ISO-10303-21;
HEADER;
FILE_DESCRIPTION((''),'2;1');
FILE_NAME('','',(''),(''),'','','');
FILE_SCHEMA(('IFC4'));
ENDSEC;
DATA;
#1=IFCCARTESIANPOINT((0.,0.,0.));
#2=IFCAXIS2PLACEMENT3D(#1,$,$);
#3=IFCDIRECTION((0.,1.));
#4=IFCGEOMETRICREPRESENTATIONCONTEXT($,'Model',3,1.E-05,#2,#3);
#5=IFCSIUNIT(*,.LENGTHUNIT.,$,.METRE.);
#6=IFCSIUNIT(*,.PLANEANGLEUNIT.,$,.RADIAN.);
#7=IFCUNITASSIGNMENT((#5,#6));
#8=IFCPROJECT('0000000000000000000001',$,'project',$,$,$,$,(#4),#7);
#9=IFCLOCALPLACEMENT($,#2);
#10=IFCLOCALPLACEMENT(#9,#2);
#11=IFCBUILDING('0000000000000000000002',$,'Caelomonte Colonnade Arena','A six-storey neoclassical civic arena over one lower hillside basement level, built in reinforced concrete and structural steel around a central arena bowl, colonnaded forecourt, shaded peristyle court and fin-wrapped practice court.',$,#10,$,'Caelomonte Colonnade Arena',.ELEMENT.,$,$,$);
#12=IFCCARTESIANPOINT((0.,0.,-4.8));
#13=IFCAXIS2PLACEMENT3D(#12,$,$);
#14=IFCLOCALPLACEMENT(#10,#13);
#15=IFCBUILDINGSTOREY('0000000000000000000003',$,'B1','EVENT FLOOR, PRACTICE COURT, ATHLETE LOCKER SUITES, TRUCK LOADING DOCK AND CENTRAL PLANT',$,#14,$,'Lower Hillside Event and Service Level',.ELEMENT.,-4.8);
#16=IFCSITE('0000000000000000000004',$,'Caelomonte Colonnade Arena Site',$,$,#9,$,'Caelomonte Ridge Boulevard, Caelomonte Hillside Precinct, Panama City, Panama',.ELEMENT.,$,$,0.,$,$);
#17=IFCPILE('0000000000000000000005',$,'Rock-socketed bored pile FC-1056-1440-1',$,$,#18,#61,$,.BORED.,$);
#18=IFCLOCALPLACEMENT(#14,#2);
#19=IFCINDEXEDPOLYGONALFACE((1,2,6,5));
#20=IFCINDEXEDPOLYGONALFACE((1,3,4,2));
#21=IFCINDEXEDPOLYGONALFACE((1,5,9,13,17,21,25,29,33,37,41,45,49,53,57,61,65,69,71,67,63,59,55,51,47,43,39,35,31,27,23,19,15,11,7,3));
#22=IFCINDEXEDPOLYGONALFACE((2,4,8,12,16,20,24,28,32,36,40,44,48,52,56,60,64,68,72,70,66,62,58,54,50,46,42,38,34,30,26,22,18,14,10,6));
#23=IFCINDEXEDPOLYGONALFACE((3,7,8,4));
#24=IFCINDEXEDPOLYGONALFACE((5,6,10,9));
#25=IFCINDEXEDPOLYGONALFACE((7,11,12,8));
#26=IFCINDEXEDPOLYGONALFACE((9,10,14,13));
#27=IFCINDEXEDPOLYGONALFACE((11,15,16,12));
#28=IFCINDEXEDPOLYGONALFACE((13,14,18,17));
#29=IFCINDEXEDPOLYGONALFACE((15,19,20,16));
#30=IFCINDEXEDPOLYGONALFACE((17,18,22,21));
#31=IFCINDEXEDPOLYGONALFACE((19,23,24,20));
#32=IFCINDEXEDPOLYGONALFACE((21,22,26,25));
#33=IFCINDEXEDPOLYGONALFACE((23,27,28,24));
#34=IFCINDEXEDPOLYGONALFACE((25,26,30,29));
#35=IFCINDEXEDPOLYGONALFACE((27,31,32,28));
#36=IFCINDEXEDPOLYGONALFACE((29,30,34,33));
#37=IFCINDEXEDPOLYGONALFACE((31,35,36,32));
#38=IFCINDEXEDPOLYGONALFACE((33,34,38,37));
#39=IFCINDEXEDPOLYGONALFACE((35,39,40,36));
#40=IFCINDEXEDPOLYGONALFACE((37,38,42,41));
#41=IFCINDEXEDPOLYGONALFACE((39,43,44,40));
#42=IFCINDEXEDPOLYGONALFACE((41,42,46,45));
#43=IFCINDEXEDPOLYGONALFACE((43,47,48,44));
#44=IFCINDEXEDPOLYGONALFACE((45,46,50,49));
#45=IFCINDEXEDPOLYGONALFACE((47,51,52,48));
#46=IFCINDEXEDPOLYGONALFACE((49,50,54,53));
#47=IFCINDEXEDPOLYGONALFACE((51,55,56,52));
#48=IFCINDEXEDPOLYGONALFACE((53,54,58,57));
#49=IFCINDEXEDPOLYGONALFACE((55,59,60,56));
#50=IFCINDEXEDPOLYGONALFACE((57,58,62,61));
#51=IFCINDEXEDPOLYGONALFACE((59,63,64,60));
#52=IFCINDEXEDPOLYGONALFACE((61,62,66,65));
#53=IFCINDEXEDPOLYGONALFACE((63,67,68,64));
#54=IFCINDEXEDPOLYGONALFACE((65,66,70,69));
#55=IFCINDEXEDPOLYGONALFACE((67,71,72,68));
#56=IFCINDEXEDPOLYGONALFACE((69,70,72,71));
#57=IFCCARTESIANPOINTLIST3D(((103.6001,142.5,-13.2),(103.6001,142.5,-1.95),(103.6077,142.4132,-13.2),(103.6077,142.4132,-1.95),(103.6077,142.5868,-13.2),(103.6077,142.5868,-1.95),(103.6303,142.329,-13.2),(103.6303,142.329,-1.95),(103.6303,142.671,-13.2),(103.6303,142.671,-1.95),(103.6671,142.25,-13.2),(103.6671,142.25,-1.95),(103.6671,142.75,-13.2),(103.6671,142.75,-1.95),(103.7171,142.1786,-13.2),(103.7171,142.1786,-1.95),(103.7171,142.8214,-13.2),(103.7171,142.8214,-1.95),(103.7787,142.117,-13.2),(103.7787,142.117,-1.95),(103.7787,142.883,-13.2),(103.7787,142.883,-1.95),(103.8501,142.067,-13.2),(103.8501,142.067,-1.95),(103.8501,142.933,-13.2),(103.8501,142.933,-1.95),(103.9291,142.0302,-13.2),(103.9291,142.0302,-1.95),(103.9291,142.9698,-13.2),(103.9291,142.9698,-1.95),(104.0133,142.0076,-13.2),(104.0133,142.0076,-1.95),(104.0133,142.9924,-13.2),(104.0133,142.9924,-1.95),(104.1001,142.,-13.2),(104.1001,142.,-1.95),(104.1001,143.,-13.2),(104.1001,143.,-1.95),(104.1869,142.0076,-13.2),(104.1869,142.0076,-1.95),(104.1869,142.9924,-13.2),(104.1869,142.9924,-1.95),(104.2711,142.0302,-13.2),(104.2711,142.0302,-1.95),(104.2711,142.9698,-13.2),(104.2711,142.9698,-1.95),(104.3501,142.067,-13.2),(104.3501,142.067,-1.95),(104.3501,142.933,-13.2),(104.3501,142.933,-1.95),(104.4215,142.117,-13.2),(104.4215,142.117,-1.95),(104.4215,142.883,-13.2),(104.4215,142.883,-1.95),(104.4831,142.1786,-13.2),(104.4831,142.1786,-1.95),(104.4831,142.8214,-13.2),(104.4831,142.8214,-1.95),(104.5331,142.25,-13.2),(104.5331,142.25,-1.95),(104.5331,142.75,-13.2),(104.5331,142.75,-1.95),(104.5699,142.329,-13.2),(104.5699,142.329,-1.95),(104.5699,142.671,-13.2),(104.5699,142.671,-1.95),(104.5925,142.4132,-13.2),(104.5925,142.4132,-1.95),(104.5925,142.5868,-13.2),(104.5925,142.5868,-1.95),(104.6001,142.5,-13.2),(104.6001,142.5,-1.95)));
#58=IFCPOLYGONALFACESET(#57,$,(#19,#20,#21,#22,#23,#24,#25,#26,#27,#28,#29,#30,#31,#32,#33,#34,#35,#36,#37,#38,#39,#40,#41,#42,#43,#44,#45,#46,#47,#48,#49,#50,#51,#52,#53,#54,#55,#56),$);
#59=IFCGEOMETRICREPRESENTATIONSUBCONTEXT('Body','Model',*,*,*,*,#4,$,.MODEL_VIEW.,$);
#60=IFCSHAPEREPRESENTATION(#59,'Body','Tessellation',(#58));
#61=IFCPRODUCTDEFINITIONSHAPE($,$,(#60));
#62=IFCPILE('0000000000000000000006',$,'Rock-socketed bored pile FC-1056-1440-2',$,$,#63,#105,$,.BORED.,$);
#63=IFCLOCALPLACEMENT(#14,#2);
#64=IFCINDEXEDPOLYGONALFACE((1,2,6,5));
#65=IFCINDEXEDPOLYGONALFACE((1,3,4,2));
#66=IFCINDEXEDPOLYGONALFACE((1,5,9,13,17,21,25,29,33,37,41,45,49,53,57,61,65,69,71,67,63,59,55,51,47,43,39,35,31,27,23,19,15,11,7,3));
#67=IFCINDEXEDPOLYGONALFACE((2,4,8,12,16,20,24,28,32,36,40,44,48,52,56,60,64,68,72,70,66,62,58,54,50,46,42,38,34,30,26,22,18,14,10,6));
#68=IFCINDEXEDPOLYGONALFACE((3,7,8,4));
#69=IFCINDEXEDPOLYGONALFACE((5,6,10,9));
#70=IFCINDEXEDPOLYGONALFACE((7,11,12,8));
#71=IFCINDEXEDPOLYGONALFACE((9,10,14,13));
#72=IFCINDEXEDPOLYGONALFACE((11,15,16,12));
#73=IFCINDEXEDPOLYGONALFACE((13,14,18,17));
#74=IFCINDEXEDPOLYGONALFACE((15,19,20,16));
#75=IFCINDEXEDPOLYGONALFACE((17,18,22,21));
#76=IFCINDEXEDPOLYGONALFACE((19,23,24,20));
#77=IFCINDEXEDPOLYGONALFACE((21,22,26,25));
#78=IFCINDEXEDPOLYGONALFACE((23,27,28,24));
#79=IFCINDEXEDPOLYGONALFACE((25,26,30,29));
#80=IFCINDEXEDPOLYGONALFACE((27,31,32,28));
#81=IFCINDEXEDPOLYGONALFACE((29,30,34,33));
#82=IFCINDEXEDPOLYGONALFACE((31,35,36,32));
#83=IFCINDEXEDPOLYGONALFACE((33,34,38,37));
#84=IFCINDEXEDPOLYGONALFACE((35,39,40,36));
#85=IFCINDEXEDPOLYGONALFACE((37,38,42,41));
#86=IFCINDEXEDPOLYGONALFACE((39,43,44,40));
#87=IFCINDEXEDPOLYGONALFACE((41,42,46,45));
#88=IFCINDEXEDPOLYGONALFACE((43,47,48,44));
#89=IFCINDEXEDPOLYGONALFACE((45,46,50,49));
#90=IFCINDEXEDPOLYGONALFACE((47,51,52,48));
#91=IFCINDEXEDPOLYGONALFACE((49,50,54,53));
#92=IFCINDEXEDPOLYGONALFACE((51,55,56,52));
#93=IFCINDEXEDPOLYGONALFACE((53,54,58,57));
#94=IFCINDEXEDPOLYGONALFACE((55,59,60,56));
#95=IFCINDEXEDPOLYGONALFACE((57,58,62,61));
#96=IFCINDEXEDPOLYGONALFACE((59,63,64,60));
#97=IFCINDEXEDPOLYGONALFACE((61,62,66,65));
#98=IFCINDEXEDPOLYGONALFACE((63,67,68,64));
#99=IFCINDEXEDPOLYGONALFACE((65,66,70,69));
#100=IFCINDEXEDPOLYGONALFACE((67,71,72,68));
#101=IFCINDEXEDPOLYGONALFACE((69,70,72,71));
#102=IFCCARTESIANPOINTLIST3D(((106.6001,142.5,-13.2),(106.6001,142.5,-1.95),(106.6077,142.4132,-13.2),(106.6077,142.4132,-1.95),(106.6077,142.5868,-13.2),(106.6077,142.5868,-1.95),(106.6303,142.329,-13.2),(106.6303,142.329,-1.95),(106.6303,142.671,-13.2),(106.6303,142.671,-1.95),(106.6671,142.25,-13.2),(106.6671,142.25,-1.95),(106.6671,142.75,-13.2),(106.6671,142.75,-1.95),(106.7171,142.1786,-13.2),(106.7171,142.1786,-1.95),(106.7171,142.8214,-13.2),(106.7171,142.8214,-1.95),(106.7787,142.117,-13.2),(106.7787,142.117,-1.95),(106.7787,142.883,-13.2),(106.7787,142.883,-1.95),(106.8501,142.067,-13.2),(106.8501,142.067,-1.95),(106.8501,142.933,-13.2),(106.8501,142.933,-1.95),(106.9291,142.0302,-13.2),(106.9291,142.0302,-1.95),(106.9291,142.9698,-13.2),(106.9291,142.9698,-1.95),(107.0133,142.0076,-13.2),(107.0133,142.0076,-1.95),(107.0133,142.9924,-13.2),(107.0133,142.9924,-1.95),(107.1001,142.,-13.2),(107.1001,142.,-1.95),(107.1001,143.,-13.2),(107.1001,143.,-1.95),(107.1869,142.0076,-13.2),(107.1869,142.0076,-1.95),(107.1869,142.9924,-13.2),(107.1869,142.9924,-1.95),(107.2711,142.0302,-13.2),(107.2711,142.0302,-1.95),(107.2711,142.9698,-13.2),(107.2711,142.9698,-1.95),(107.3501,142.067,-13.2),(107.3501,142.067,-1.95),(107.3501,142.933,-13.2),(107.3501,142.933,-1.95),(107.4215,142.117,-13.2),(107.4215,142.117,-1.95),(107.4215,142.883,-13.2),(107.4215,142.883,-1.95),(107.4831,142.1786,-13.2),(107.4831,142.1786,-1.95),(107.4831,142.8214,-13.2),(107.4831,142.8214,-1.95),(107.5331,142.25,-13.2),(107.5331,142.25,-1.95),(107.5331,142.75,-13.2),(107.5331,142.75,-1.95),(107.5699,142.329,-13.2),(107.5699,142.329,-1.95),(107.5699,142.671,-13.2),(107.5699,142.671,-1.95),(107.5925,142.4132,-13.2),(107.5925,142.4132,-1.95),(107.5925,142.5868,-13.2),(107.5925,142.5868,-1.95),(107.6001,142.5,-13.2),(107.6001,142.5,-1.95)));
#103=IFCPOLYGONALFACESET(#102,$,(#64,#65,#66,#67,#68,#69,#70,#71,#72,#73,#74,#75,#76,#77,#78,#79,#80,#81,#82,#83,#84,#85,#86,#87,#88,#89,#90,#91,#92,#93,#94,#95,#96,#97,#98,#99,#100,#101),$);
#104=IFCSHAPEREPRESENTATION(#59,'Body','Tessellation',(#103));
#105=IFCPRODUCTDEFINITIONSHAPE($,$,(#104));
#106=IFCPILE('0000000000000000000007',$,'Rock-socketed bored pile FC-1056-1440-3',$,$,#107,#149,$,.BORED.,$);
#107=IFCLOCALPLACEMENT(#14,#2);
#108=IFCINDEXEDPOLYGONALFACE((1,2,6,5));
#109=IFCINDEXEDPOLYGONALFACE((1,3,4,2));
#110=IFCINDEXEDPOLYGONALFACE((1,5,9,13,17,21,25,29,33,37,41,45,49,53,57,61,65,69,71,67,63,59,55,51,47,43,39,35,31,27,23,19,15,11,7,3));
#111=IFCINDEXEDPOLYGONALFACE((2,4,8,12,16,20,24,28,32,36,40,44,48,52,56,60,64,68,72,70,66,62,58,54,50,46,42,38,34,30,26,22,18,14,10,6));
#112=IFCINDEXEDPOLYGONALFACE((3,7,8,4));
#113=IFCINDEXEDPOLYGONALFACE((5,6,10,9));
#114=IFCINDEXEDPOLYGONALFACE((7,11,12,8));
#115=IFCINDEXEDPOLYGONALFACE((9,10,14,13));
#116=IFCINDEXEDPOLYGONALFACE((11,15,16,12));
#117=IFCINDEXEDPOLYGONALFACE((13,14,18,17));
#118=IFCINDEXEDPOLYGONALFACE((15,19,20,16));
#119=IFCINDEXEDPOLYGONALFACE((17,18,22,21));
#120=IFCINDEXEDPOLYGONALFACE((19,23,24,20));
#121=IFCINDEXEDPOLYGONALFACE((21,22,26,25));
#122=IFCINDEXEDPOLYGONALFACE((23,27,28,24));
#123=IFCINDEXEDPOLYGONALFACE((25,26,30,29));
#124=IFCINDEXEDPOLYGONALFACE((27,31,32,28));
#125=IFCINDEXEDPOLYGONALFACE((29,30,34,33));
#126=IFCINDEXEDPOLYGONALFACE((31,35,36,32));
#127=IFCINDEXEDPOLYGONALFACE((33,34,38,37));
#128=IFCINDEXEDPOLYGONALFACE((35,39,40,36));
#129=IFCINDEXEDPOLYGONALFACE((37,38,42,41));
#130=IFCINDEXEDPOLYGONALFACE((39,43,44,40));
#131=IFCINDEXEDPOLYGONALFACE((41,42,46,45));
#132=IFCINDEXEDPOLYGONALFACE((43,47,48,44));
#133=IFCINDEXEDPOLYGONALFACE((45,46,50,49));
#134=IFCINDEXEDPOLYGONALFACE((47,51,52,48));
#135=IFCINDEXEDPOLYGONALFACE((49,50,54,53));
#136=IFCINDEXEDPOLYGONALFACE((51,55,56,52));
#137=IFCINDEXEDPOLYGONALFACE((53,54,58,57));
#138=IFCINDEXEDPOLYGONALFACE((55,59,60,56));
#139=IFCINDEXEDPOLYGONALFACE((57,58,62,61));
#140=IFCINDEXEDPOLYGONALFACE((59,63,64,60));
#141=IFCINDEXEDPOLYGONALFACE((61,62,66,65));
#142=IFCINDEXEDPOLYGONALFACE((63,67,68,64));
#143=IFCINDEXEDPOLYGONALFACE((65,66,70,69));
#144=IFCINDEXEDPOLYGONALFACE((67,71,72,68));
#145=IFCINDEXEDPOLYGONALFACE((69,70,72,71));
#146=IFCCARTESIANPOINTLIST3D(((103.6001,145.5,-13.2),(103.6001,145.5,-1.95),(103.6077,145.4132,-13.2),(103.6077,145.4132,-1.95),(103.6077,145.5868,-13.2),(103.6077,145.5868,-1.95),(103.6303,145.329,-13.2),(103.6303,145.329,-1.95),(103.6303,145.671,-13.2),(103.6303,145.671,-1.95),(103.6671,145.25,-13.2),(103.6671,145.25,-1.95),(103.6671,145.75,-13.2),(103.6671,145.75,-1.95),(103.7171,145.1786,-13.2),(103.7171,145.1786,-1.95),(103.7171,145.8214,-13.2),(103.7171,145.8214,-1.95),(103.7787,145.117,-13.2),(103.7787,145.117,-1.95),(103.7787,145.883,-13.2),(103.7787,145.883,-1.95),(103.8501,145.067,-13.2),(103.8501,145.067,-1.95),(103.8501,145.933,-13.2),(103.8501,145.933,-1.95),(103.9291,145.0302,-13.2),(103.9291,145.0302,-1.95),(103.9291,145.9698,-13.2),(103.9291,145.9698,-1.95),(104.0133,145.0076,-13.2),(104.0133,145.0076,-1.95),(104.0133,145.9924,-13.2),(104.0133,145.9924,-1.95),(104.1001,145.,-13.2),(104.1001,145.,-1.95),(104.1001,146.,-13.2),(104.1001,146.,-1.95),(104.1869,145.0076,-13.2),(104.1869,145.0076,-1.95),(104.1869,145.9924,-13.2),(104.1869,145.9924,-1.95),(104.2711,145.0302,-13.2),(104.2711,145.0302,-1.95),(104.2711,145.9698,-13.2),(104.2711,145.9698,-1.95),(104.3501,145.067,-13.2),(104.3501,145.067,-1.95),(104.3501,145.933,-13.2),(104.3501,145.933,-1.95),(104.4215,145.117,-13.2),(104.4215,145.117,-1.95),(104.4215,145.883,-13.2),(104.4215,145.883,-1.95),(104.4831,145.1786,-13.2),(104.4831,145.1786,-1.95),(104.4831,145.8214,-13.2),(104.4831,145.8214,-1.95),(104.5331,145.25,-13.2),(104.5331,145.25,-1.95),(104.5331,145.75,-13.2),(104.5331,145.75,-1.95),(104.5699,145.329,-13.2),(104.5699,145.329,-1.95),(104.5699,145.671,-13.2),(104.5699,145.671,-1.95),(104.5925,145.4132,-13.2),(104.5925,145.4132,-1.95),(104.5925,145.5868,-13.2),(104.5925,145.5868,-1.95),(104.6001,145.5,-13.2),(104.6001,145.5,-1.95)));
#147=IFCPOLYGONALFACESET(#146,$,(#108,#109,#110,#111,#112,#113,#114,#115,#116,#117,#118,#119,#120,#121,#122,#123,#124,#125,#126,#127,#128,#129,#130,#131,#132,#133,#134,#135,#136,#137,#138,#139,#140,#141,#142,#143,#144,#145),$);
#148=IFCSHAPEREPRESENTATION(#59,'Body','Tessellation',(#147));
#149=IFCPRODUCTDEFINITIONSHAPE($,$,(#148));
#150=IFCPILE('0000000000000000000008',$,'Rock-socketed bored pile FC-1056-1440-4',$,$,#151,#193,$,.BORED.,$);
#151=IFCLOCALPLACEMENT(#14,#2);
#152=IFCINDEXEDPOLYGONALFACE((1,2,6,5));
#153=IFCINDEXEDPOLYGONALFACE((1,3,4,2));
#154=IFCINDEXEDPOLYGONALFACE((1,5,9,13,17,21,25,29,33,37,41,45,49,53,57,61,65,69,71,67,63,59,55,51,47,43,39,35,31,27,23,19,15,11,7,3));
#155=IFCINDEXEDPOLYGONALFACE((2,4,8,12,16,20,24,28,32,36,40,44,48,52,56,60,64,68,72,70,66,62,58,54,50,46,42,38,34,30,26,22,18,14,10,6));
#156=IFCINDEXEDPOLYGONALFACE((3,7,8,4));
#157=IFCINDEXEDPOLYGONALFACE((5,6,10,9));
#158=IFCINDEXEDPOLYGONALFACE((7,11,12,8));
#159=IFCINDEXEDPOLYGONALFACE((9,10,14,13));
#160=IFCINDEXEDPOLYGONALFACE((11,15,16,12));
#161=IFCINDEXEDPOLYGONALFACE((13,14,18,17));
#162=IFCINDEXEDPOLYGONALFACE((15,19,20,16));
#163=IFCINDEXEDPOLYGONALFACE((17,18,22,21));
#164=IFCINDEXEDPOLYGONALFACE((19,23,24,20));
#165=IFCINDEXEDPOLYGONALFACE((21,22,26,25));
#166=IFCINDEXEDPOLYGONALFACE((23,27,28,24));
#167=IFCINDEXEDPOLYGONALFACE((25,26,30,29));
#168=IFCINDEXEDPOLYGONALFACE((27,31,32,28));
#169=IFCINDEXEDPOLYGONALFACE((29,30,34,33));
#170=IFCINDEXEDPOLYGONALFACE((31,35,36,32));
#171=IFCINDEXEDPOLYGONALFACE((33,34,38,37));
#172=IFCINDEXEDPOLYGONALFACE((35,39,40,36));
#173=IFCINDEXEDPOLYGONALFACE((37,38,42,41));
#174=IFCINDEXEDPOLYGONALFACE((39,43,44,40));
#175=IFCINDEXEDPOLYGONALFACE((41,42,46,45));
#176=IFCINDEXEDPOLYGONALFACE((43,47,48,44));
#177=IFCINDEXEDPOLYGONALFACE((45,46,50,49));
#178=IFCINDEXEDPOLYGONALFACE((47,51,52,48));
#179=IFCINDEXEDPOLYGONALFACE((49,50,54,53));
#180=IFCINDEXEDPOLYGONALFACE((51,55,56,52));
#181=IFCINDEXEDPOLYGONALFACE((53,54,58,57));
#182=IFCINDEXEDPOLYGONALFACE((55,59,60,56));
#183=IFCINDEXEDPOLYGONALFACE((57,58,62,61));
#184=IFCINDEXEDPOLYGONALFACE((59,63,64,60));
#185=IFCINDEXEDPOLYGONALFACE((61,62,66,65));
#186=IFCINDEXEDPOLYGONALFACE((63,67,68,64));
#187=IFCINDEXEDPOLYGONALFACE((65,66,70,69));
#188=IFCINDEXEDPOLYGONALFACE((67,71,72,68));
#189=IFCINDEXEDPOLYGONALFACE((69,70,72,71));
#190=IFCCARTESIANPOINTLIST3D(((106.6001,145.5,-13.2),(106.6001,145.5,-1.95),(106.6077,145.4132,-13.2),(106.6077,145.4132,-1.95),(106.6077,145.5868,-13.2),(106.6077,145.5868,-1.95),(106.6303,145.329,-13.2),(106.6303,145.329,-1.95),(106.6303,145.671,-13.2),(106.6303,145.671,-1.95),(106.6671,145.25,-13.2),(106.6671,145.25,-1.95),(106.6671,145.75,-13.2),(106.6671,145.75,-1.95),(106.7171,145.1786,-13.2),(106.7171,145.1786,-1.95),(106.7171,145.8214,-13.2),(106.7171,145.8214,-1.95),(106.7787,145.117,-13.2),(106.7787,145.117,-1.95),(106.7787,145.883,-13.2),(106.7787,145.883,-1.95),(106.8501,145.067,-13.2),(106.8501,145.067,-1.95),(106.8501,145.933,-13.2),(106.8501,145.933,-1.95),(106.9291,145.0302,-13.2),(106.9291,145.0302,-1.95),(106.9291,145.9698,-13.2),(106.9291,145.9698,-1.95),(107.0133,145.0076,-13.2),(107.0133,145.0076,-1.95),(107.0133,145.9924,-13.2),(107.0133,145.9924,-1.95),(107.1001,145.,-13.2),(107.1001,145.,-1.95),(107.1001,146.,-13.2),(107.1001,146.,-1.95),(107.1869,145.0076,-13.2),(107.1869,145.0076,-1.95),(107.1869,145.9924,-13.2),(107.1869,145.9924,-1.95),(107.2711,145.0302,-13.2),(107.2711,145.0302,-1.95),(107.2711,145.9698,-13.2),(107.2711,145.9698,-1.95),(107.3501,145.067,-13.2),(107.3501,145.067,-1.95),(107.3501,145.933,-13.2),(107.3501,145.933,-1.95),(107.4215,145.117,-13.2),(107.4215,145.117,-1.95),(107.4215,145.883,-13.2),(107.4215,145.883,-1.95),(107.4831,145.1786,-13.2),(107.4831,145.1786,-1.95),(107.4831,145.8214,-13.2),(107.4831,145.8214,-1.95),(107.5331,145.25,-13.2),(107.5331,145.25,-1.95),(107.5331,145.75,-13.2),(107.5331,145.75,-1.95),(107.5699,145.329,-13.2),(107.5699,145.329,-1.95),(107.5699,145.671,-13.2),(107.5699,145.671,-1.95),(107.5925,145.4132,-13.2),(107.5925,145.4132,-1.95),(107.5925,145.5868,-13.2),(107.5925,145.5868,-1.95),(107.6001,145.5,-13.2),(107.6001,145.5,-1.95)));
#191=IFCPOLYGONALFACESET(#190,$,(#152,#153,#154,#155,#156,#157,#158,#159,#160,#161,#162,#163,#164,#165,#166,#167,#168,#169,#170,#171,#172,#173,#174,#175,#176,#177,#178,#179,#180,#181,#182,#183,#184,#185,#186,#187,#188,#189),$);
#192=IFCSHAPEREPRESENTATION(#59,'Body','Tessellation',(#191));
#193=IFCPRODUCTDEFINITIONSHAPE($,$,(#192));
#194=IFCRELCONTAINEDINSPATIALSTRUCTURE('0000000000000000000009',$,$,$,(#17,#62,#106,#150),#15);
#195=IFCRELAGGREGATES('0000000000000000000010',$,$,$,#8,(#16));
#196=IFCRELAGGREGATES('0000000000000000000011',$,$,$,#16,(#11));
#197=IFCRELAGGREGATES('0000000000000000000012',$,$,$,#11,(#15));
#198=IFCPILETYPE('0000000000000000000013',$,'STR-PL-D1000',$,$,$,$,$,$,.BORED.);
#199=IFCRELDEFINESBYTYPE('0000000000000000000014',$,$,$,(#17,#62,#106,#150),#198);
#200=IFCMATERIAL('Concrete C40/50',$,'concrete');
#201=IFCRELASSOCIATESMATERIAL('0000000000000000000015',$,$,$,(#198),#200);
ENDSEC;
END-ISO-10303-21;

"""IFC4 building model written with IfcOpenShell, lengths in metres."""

from ifc_helpers import new_model, si_unit, direction, frame, origin, origin_2d, place, context, subcontext, project, spatial, circle, extrude, material, material_profile, profile_set, type_object, element, save


model = new_model("IFC4")

# Units and contexts
model_context = context("Model", 3, precision=1e-05, world=origin(), true_north=direction((0.0, 1.0)))
body_context = subcontext(model_context, "Body", "Model", "MODEL_VIEW")
ifc_project = project(units=[si_unit("LENGTHUNIT", "METRE"), si_unit("PLANEANGLEUNIT", "RADIAN")], contexts=[model_context])

# Site, building, storey
site_placement = place(None, origin())
site = spatial("IfcSite", under=ifc_project, at=site_placement, Name="Caelomonte Colonnade Arena Site", LongName="Caelomonte Ridge Boulevard, Caelomonte Hillside Precinct, Panama City, Panama", CompositionType="ELEMENT", RefElevation=0.0)
building_placement = place(site_placement, origin())
building = spatial("IfcBuilding", under=site, at=building_placement, Name="Caelomonte Colonnade Arena", Description="A six-storey neoclassical civic arena over one lower hillside basement level, built in reinforced concrete and structural steel around a central arena bowl, colonnaded forecourt, shaded peristyle court and fin-wrapped practice court.", LongName="Caelomonte Colonnade Arena", CompositionType="ELEMENT")
storey_placement = place(building_placement, frame((0.0, 0.0, -4.8)))
storey = spatial("IfcBuildingStorey", under=building, at=storey_placement, Name="B1", Description="EVENT FLOOR, PRACTICE COURT, ATHLETE LOCKER SUITES, TRUCK LOADING DOCK AND CENTRAL PLANT", LongName="Lower Hillside Event and Service Level", CompositionType="ELEMENT", Elevation=-4.8)

# Shared definitions
ifc_material = material(Name="Concrete C40/50", Category="concrete")

# Piles
ifc_material_profile_1 = material_profile(ifc_material, circle(Radius=0.5, at=origin_2d()), Name="PILE-D1000")
ifc_profile_set_1 = profile_set([ifc_material_profile_1], Name="Concrete C40/50")
pile_type = type_object("IfcPileType", Name="STR-PL-D1000", PredefinedType="BORED", material=ifc_profile_set_1)
for number, where, z_axis, x_axis, name in (
    (1, (104.1001, 142.5, -1.95), (0.0, 0.0, -1.0), (1.0, 0.0, 0.0), "Rock-socketed bored pile FC-1056-1440-1"),
    (2, (107.1001, 142.5, -1.95), (0.0, 0.0, -1.0), (1.0, 0.0, 0.0), "Rock-socketed bored pile FC-1056-1440-2"),
    (3, (104.1001, 145.5, -1.95), (0.0, 0.0, -1.0), (1.0, 0.0, 0.0), "Rock-socketed bored pile FC-1056-1440-3"),
    (4, (107.1001, 145.5, -1.95), (0.0, 0.0, -1.0), (1.0, 0.0, 0.0), "Rock-socketed bored pile FC-1056-1440-4"),
):
    element("IfcPile", number, at=place(storey_placement, frame(where, z_axis=z_axis, x_axis=x_axis)), inside=storey, type_object=pile_type, Name=name, PredefinedType="BORED", context=body_context, shape_type="SweptSolid", body=[
        extrude(circle(Radius=0.5, at=origin_2d()), origin(), (0.0, 0.0, 1.0), 11.25),
    ])

save(model, "model.ifc")
